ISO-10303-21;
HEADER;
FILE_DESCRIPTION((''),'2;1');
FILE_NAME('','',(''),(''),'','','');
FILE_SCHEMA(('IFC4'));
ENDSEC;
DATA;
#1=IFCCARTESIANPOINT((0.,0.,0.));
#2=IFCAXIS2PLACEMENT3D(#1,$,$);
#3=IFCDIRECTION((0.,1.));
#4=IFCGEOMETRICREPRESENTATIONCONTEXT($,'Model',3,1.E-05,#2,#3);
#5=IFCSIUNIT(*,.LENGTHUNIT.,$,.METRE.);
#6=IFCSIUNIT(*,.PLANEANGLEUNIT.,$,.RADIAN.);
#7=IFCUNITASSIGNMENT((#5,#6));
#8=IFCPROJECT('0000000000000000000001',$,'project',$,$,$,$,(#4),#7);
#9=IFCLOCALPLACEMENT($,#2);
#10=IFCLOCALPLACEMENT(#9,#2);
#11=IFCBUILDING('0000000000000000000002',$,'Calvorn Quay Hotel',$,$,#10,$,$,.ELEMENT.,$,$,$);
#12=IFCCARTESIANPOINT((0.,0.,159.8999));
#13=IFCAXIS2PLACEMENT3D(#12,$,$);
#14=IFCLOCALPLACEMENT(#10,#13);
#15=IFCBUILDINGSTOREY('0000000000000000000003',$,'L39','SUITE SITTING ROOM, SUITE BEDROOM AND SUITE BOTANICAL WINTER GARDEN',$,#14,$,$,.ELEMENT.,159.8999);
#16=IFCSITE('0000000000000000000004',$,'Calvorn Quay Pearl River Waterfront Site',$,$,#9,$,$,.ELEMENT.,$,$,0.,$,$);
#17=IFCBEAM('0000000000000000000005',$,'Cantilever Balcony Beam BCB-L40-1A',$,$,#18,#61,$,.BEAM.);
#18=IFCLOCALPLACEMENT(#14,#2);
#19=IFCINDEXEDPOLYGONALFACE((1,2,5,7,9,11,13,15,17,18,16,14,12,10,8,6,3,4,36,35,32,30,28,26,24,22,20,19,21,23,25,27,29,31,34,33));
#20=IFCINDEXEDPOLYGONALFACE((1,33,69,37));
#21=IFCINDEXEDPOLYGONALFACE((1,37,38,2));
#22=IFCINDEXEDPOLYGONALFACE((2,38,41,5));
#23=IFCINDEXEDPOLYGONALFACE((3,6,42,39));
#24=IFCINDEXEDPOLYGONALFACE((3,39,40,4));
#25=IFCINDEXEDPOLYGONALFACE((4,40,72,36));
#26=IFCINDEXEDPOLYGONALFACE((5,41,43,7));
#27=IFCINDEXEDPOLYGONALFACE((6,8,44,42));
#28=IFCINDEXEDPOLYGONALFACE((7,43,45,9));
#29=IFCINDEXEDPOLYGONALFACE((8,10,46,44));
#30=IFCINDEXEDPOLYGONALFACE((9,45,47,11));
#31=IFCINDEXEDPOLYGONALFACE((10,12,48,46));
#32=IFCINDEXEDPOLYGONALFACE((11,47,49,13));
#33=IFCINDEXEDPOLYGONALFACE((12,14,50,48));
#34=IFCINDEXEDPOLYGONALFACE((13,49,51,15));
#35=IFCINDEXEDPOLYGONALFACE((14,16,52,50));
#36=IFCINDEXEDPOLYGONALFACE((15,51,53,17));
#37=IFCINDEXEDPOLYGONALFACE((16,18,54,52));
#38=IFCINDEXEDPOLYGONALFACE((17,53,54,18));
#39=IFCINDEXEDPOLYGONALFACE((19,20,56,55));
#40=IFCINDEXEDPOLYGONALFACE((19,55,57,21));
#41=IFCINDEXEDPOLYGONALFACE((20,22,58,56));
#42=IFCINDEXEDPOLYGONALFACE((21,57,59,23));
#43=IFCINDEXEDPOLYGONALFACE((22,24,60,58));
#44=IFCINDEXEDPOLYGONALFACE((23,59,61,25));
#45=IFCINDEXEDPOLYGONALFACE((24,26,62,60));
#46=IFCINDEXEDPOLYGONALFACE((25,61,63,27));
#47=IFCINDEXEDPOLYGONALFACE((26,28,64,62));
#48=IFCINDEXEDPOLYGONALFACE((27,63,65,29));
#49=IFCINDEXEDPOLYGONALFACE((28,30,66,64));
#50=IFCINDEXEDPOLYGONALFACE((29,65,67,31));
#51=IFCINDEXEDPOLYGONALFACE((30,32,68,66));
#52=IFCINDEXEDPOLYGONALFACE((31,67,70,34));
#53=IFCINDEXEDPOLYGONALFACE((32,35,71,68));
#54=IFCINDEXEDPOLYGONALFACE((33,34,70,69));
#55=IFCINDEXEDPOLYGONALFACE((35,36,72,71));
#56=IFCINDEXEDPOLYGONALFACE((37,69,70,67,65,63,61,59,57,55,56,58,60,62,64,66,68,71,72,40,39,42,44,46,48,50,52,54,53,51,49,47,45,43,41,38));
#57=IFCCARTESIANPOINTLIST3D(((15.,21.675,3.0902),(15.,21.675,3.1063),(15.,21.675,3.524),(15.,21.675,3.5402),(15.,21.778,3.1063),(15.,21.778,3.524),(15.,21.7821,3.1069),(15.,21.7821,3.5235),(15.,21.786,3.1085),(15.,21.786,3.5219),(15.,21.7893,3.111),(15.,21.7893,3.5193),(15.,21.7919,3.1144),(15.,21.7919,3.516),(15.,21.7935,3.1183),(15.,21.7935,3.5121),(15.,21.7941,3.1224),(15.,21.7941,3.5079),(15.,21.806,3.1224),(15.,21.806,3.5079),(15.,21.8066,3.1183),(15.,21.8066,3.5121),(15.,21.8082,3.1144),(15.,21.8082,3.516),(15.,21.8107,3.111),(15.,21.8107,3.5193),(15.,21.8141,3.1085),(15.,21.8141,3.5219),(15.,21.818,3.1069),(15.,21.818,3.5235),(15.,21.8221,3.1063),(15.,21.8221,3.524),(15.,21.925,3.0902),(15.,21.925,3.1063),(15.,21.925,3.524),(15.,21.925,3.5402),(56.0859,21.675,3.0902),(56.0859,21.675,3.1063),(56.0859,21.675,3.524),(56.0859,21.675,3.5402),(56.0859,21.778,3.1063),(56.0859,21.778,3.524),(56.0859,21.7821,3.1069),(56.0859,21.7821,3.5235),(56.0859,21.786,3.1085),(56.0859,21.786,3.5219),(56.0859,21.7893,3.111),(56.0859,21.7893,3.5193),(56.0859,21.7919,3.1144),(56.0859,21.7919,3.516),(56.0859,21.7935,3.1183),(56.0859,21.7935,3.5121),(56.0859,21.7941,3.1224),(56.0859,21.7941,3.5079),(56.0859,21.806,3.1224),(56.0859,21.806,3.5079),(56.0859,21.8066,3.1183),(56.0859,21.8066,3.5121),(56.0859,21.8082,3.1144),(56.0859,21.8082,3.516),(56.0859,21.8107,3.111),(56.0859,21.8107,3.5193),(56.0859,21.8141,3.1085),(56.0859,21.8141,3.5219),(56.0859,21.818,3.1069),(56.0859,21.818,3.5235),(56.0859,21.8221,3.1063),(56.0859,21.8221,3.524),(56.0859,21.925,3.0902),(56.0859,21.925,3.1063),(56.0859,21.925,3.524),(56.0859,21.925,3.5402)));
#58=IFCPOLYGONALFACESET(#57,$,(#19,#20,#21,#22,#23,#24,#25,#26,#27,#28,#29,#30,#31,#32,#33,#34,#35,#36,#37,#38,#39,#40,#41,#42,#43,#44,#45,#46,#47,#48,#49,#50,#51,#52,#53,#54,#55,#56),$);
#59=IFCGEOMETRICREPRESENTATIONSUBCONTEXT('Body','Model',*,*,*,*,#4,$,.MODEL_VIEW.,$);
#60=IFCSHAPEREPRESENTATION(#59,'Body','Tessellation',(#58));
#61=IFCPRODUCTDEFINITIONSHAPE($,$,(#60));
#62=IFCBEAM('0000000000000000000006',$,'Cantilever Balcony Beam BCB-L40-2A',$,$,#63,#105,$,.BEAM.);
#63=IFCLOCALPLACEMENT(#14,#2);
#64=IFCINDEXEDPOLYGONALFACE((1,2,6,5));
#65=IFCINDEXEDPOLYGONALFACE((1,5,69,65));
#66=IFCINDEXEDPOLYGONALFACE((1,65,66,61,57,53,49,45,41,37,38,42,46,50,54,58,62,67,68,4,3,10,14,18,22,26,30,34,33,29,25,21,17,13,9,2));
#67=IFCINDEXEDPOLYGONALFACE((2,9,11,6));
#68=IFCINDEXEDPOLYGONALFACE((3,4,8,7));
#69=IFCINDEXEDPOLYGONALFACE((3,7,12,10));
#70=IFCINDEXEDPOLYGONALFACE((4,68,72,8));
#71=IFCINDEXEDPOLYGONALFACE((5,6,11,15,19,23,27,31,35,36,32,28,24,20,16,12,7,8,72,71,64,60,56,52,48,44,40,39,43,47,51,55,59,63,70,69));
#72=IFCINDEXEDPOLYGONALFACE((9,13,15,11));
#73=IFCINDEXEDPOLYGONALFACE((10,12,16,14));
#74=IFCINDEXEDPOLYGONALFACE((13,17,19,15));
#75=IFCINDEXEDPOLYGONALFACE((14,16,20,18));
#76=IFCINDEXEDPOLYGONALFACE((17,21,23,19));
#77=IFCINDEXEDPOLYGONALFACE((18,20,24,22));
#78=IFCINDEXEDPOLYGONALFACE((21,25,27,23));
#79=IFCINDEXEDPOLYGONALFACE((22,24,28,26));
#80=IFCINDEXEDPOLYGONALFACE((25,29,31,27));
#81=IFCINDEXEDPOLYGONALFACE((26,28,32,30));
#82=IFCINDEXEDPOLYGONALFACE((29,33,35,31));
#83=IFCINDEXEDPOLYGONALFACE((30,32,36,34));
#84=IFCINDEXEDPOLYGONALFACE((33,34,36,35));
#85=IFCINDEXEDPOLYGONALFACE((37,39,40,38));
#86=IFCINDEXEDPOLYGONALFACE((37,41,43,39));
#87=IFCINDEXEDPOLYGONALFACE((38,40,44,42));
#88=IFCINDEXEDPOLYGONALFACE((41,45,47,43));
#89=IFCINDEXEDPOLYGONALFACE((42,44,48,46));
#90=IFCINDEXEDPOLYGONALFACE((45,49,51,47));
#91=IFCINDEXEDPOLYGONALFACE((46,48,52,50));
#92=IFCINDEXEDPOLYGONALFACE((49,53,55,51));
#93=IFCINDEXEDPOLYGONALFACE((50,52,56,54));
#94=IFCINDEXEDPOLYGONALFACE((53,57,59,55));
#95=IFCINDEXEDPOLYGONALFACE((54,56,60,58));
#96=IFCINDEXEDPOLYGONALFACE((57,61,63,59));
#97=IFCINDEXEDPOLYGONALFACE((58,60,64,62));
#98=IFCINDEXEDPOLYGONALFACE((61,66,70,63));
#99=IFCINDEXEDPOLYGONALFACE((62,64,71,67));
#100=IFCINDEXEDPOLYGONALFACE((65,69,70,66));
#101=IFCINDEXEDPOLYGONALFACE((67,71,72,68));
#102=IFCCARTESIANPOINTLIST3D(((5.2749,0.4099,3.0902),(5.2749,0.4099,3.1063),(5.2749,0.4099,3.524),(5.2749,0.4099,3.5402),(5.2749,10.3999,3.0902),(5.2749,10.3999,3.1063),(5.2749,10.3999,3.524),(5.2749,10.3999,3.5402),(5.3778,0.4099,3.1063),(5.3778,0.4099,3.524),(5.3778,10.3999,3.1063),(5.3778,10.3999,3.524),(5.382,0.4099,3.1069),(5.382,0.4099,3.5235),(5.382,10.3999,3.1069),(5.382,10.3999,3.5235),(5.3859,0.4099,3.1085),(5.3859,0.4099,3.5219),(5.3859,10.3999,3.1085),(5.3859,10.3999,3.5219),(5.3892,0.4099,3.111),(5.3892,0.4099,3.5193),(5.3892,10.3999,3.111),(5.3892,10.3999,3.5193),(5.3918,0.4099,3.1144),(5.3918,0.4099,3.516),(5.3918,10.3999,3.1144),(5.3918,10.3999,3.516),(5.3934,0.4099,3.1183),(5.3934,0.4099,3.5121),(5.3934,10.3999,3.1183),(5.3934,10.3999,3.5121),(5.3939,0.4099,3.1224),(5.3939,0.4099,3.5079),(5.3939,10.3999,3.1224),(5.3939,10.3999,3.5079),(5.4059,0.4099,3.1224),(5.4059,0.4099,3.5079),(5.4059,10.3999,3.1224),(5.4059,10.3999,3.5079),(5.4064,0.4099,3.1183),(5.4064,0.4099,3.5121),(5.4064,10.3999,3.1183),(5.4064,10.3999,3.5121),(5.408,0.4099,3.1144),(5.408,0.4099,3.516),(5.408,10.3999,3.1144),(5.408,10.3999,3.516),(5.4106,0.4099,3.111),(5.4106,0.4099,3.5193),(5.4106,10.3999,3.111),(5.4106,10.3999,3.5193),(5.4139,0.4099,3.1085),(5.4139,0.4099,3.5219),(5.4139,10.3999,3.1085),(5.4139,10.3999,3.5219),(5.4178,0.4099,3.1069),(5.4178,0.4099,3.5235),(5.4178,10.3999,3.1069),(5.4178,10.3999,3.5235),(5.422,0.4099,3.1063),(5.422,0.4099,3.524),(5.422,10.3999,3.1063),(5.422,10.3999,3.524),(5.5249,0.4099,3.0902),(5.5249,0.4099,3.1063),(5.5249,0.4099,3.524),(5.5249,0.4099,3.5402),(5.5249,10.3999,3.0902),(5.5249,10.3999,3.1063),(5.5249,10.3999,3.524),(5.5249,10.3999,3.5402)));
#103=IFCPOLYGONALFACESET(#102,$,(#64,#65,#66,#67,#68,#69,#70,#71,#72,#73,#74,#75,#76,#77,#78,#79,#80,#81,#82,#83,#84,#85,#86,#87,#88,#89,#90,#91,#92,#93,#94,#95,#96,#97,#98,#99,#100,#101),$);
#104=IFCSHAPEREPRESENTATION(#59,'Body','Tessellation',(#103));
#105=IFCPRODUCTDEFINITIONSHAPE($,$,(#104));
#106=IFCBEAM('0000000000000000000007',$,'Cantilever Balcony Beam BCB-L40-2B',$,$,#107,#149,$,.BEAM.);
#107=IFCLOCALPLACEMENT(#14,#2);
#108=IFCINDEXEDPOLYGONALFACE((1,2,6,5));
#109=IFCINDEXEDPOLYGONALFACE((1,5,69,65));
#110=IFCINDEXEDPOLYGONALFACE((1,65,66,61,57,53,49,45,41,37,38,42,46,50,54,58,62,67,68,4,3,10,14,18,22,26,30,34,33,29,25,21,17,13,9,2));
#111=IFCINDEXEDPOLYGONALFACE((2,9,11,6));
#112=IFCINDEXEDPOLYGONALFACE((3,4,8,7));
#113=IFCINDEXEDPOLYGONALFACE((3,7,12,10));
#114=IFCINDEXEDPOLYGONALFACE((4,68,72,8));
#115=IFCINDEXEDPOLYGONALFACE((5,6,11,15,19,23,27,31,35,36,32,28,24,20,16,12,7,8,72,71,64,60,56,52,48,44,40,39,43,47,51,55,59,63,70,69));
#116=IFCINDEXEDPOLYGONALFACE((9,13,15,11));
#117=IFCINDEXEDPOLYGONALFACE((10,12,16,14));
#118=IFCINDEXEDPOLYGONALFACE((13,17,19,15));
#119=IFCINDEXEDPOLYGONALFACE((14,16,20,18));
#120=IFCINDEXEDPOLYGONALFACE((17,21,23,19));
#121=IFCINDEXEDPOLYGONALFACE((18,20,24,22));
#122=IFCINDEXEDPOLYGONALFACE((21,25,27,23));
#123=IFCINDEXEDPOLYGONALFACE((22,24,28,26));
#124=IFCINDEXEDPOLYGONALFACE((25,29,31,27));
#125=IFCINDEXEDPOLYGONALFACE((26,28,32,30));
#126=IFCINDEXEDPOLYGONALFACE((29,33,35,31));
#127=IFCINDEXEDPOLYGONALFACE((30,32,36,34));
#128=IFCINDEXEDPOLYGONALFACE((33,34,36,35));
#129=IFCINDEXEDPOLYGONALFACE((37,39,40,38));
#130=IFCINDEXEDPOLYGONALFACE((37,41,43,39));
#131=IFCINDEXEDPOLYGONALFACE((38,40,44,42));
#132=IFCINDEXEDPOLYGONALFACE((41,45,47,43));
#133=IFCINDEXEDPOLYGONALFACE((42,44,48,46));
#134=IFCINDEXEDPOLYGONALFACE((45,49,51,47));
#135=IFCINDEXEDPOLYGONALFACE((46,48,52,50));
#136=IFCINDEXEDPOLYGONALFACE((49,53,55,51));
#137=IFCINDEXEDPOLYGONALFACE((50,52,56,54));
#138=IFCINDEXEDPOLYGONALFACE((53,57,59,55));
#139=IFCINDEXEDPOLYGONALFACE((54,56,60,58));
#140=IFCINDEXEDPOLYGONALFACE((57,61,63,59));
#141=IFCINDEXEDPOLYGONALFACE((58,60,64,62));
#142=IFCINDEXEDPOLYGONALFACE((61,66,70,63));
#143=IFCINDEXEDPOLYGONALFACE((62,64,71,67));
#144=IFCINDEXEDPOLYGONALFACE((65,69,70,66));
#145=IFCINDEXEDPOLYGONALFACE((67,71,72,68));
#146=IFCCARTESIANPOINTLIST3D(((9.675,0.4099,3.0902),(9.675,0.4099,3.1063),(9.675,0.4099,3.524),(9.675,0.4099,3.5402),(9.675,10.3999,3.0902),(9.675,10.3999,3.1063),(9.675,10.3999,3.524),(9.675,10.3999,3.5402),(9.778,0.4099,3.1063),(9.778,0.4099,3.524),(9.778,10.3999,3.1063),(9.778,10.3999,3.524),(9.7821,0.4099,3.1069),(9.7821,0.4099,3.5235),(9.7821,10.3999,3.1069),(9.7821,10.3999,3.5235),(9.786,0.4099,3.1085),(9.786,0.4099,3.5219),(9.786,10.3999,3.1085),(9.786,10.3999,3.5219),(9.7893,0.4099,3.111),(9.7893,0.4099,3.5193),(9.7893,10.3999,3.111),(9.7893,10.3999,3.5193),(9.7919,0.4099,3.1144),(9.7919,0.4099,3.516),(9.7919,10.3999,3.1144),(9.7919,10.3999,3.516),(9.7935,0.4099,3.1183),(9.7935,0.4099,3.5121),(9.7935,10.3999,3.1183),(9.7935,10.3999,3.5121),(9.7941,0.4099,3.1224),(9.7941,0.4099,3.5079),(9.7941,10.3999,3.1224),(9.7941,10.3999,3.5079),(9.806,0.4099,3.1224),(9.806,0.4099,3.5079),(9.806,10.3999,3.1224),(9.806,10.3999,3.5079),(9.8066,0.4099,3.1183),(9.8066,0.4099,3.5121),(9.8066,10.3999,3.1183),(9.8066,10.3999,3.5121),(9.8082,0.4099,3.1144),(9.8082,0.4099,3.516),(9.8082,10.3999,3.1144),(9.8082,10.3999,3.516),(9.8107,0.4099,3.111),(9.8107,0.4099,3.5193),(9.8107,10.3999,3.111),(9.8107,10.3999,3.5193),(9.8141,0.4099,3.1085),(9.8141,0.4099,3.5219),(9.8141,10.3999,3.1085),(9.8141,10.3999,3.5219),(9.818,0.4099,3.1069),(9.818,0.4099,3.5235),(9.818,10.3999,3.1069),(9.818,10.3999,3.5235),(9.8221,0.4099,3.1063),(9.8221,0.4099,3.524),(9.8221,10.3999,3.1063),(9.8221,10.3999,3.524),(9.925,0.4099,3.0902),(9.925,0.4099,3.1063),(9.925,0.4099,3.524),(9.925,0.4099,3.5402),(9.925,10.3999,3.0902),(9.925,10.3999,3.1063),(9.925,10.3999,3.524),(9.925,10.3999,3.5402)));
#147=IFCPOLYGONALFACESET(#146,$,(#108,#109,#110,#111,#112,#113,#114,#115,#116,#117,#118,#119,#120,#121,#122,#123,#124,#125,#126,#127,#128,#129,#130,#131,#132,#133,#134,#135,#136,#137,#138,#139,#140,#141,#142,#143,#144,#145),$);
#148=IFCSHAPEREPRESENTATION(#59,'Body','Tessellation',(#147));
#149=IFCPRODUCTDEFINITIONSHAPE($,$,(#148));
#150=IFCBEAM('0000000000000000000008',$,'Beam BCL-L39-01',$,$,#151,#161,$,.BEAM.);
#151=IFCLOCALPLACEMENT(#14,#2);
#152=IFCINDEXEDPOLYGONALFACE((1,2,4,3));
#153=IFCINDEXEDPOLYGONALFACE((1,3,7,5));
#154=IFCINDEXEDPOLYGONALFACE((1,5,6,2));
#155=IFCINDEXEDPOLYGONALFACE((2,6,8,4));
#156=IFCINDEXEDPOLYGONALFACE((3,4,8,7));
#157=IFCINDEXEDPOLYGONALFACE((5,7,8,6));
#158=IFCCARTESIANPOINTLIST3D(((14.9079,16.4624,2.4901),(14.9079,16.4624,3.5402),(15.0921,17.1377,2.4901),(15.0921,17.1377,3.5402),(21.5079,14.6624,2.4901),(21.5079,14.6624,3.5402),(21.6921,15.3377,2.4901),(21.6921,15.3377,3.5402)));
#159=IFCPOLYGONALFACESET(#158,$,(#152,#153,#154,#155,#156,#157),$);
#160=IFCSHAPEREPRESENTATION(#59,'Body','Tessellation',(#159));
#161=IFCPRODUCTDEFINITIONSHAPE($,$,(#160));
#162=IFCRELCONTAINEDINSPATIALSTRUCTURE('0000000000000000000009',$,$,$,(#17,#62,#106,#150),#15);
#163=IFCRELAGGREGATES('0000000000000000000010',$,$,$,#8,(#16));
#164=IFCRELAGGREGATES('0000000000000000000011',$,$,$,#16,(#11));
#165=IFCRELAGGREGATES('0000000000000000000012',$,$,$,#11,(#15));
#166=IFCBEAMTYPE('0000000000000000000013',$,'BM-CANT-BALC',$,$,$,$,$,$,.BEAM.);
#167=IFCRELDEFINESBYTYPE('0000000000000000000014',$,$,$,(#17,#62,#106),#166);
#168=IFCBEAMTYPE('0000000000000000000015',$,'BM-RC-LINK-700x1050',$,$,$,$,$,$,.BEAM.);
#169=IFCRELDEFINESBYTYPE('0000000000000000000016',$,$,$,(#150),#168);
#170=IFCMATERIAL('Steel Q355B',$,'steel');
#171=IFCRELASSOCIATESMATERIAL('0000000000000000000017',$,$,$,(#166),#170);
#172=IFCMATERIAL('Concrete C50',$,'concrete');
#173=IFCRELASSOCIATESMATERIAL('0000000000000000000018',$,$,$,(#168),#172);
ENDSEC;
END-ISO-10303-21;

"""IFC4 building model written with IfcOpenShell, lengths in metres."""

from ifc_helpers import new_model, si_unit, direction, frame, origin, origin_2d, place, context, subcontext, project, spatial, rectangle, i_section, extrude, material, material_profile, profile_set, type_object, element, save


model = new_model("IFC4")

# Units and contexts
model_context = context("Model", 3, precision=1e-05, world=origin(), true_north=direction((0.0, 1.0)))
body_context = subcontext(model_context, "Body", "Model", "MODEL_VIEW")
ifc_project = project(units=[si_unit("LENGTHUNIT", "METRE"), si_unit("PLANEANGLEUNIT", "RADIAN")], contexts=[model_context])

# Site, building, storey
site_placement = place(None, origin())
site = spatial("IfcSite", under=ifc_project, at=site_placement, Name="Calvorn Quay Pearl River Waterfront Site", CompositionType="ELEMENT", RefElevation=0.0)
building_placement = place(site_placement, origin())
building = spatial("IfcBuilding", under=site, at=building_placement, Name="Calvorn Quay Hotel", CompositionType="ELEMENT")
storey_placement = place(building_placement, frame((0.0, 0.0, 159.8999)))
storey = spatial("IfcBuildingStorey", under=building, at=storey_placement, Name="L39", Description="SUITE SITTING ROOM, SUITE BEDROOM AND SUITE BOTANICAL WINTER GARDEN", CompositionType="ELEMENT", Elevation=159.8999)

# Beams
ifc_material_1 = material(Name="Steel Q355B", Category="steel")
ifc_material_profile_1 = material_profile(ifc_material_1, i_section(OverallWidth=0.25, OverallDepth=0.45, WebThickness=0.012, FlangeThickness=0.0161, FilletRadius=0.0161, at=origin_2d()), Name="HN450x250x12x16")
ifc_profile_set_1 = profile_set([ifc_material_profile_1], Name="Steel Q355B")
beam_type_1 = type_object("IfcBeamType", Name="BM-CANT-BALC", PredefinedType="BEAM", material=ifc_profile_set_1)
beam_1_placement = place(storey_placement, frame((15.0, 21.8, 3.3152), z_axis=(1.0, 0.0, 0.0), x_axis=(0.0, 1.0, 0.0)))
element("IfcBeam", 1, at=beam_1_placement, inside=storey, type_object=beam_type_1, Name="Cantilever Balcony Beam BCB-L40-1A", PredefinedType="BEAM", context=body_context, shape_type="SweptSolid", body=[
    extrude(i_section(OverallWidth=0.25, OverallDepth=0.45, WebThickness=0.012, FlangeThickness=0.0161, FilletRadius=0.0161, at=origin_2d()), origin(), (0.0, 0.0, 1.0), 41.0859),
])
for number, where, z_axis, x_axis, name in (
    (2, (5.3999, 10.3999, 3.3152), (0.0, -1.0, 0.0), (1.0, 0.0, 0.0), "Cantilever Balcony Beam BCB-L40-2A"),
    (3, (9.8, 10.3999, 3.3152), (0.0, -1.0, 0.0), (1.0, 0.0, 0.0), "Cantilever Balcony Beam BCB-L40-2B"),
):
    element("IfcBeam", number, at=place(storey_placement, frame(where, z_axis=z_axis, x_axis=x_axis)), inside=storey, type_object=beam_type_1, Name=name, PredefinedType="BEAM", context=body_context, shape_type="SweptSolid", body=[
        extrude(i_section(OverallWidth=0.25, OverallDepth=0.45, WebThickness=0.012, FlangeThickness=0.0161, FilletRadius=0.0161, at=origin_2d()), origin(), (0.0, 0.0, 1.0), 9.99),
    ])
ifc_material_2 = material(Name="Concrete C50", Category="concrete")
ifc_material_profile_2 = material_profile(ifc_material_2, rectangle(XDim=0.7, YDim=1.05, at=origin_2d()), Name="RCB700x1050")
ifc_profile_set_2 = profile_set([ifc_material_profile_2], Name="Concrete C50")
beam_type_2 = type_object("IfcBeamType", Name="BM-RC-LINK-700x1050", PredefinedType="BEAM", material=ifc_profile_set_2)
beam_2_placement = place(storey_placement, frame((15.0, 16.8, 3.0151), z_axis=(0.964763, -0.26312, 0.0), x_axis=(0.26312, 0.964763, 0.0)))
element("IfcBeam", 4, at=beam_2_placement, inside=storey, type_object=beam_type_2, Name="Beam BCL-L39-01", PredefinedType="BEAM", context=body_context, shape_type="SweptSolid", body=[
    extrude(rectangle(XDim=0.7, YDim=1.05, at=origin_2d()), origin(), (0.0, 0.0, 1.0), 6.8411),
])

save(model, "model.ifc")
